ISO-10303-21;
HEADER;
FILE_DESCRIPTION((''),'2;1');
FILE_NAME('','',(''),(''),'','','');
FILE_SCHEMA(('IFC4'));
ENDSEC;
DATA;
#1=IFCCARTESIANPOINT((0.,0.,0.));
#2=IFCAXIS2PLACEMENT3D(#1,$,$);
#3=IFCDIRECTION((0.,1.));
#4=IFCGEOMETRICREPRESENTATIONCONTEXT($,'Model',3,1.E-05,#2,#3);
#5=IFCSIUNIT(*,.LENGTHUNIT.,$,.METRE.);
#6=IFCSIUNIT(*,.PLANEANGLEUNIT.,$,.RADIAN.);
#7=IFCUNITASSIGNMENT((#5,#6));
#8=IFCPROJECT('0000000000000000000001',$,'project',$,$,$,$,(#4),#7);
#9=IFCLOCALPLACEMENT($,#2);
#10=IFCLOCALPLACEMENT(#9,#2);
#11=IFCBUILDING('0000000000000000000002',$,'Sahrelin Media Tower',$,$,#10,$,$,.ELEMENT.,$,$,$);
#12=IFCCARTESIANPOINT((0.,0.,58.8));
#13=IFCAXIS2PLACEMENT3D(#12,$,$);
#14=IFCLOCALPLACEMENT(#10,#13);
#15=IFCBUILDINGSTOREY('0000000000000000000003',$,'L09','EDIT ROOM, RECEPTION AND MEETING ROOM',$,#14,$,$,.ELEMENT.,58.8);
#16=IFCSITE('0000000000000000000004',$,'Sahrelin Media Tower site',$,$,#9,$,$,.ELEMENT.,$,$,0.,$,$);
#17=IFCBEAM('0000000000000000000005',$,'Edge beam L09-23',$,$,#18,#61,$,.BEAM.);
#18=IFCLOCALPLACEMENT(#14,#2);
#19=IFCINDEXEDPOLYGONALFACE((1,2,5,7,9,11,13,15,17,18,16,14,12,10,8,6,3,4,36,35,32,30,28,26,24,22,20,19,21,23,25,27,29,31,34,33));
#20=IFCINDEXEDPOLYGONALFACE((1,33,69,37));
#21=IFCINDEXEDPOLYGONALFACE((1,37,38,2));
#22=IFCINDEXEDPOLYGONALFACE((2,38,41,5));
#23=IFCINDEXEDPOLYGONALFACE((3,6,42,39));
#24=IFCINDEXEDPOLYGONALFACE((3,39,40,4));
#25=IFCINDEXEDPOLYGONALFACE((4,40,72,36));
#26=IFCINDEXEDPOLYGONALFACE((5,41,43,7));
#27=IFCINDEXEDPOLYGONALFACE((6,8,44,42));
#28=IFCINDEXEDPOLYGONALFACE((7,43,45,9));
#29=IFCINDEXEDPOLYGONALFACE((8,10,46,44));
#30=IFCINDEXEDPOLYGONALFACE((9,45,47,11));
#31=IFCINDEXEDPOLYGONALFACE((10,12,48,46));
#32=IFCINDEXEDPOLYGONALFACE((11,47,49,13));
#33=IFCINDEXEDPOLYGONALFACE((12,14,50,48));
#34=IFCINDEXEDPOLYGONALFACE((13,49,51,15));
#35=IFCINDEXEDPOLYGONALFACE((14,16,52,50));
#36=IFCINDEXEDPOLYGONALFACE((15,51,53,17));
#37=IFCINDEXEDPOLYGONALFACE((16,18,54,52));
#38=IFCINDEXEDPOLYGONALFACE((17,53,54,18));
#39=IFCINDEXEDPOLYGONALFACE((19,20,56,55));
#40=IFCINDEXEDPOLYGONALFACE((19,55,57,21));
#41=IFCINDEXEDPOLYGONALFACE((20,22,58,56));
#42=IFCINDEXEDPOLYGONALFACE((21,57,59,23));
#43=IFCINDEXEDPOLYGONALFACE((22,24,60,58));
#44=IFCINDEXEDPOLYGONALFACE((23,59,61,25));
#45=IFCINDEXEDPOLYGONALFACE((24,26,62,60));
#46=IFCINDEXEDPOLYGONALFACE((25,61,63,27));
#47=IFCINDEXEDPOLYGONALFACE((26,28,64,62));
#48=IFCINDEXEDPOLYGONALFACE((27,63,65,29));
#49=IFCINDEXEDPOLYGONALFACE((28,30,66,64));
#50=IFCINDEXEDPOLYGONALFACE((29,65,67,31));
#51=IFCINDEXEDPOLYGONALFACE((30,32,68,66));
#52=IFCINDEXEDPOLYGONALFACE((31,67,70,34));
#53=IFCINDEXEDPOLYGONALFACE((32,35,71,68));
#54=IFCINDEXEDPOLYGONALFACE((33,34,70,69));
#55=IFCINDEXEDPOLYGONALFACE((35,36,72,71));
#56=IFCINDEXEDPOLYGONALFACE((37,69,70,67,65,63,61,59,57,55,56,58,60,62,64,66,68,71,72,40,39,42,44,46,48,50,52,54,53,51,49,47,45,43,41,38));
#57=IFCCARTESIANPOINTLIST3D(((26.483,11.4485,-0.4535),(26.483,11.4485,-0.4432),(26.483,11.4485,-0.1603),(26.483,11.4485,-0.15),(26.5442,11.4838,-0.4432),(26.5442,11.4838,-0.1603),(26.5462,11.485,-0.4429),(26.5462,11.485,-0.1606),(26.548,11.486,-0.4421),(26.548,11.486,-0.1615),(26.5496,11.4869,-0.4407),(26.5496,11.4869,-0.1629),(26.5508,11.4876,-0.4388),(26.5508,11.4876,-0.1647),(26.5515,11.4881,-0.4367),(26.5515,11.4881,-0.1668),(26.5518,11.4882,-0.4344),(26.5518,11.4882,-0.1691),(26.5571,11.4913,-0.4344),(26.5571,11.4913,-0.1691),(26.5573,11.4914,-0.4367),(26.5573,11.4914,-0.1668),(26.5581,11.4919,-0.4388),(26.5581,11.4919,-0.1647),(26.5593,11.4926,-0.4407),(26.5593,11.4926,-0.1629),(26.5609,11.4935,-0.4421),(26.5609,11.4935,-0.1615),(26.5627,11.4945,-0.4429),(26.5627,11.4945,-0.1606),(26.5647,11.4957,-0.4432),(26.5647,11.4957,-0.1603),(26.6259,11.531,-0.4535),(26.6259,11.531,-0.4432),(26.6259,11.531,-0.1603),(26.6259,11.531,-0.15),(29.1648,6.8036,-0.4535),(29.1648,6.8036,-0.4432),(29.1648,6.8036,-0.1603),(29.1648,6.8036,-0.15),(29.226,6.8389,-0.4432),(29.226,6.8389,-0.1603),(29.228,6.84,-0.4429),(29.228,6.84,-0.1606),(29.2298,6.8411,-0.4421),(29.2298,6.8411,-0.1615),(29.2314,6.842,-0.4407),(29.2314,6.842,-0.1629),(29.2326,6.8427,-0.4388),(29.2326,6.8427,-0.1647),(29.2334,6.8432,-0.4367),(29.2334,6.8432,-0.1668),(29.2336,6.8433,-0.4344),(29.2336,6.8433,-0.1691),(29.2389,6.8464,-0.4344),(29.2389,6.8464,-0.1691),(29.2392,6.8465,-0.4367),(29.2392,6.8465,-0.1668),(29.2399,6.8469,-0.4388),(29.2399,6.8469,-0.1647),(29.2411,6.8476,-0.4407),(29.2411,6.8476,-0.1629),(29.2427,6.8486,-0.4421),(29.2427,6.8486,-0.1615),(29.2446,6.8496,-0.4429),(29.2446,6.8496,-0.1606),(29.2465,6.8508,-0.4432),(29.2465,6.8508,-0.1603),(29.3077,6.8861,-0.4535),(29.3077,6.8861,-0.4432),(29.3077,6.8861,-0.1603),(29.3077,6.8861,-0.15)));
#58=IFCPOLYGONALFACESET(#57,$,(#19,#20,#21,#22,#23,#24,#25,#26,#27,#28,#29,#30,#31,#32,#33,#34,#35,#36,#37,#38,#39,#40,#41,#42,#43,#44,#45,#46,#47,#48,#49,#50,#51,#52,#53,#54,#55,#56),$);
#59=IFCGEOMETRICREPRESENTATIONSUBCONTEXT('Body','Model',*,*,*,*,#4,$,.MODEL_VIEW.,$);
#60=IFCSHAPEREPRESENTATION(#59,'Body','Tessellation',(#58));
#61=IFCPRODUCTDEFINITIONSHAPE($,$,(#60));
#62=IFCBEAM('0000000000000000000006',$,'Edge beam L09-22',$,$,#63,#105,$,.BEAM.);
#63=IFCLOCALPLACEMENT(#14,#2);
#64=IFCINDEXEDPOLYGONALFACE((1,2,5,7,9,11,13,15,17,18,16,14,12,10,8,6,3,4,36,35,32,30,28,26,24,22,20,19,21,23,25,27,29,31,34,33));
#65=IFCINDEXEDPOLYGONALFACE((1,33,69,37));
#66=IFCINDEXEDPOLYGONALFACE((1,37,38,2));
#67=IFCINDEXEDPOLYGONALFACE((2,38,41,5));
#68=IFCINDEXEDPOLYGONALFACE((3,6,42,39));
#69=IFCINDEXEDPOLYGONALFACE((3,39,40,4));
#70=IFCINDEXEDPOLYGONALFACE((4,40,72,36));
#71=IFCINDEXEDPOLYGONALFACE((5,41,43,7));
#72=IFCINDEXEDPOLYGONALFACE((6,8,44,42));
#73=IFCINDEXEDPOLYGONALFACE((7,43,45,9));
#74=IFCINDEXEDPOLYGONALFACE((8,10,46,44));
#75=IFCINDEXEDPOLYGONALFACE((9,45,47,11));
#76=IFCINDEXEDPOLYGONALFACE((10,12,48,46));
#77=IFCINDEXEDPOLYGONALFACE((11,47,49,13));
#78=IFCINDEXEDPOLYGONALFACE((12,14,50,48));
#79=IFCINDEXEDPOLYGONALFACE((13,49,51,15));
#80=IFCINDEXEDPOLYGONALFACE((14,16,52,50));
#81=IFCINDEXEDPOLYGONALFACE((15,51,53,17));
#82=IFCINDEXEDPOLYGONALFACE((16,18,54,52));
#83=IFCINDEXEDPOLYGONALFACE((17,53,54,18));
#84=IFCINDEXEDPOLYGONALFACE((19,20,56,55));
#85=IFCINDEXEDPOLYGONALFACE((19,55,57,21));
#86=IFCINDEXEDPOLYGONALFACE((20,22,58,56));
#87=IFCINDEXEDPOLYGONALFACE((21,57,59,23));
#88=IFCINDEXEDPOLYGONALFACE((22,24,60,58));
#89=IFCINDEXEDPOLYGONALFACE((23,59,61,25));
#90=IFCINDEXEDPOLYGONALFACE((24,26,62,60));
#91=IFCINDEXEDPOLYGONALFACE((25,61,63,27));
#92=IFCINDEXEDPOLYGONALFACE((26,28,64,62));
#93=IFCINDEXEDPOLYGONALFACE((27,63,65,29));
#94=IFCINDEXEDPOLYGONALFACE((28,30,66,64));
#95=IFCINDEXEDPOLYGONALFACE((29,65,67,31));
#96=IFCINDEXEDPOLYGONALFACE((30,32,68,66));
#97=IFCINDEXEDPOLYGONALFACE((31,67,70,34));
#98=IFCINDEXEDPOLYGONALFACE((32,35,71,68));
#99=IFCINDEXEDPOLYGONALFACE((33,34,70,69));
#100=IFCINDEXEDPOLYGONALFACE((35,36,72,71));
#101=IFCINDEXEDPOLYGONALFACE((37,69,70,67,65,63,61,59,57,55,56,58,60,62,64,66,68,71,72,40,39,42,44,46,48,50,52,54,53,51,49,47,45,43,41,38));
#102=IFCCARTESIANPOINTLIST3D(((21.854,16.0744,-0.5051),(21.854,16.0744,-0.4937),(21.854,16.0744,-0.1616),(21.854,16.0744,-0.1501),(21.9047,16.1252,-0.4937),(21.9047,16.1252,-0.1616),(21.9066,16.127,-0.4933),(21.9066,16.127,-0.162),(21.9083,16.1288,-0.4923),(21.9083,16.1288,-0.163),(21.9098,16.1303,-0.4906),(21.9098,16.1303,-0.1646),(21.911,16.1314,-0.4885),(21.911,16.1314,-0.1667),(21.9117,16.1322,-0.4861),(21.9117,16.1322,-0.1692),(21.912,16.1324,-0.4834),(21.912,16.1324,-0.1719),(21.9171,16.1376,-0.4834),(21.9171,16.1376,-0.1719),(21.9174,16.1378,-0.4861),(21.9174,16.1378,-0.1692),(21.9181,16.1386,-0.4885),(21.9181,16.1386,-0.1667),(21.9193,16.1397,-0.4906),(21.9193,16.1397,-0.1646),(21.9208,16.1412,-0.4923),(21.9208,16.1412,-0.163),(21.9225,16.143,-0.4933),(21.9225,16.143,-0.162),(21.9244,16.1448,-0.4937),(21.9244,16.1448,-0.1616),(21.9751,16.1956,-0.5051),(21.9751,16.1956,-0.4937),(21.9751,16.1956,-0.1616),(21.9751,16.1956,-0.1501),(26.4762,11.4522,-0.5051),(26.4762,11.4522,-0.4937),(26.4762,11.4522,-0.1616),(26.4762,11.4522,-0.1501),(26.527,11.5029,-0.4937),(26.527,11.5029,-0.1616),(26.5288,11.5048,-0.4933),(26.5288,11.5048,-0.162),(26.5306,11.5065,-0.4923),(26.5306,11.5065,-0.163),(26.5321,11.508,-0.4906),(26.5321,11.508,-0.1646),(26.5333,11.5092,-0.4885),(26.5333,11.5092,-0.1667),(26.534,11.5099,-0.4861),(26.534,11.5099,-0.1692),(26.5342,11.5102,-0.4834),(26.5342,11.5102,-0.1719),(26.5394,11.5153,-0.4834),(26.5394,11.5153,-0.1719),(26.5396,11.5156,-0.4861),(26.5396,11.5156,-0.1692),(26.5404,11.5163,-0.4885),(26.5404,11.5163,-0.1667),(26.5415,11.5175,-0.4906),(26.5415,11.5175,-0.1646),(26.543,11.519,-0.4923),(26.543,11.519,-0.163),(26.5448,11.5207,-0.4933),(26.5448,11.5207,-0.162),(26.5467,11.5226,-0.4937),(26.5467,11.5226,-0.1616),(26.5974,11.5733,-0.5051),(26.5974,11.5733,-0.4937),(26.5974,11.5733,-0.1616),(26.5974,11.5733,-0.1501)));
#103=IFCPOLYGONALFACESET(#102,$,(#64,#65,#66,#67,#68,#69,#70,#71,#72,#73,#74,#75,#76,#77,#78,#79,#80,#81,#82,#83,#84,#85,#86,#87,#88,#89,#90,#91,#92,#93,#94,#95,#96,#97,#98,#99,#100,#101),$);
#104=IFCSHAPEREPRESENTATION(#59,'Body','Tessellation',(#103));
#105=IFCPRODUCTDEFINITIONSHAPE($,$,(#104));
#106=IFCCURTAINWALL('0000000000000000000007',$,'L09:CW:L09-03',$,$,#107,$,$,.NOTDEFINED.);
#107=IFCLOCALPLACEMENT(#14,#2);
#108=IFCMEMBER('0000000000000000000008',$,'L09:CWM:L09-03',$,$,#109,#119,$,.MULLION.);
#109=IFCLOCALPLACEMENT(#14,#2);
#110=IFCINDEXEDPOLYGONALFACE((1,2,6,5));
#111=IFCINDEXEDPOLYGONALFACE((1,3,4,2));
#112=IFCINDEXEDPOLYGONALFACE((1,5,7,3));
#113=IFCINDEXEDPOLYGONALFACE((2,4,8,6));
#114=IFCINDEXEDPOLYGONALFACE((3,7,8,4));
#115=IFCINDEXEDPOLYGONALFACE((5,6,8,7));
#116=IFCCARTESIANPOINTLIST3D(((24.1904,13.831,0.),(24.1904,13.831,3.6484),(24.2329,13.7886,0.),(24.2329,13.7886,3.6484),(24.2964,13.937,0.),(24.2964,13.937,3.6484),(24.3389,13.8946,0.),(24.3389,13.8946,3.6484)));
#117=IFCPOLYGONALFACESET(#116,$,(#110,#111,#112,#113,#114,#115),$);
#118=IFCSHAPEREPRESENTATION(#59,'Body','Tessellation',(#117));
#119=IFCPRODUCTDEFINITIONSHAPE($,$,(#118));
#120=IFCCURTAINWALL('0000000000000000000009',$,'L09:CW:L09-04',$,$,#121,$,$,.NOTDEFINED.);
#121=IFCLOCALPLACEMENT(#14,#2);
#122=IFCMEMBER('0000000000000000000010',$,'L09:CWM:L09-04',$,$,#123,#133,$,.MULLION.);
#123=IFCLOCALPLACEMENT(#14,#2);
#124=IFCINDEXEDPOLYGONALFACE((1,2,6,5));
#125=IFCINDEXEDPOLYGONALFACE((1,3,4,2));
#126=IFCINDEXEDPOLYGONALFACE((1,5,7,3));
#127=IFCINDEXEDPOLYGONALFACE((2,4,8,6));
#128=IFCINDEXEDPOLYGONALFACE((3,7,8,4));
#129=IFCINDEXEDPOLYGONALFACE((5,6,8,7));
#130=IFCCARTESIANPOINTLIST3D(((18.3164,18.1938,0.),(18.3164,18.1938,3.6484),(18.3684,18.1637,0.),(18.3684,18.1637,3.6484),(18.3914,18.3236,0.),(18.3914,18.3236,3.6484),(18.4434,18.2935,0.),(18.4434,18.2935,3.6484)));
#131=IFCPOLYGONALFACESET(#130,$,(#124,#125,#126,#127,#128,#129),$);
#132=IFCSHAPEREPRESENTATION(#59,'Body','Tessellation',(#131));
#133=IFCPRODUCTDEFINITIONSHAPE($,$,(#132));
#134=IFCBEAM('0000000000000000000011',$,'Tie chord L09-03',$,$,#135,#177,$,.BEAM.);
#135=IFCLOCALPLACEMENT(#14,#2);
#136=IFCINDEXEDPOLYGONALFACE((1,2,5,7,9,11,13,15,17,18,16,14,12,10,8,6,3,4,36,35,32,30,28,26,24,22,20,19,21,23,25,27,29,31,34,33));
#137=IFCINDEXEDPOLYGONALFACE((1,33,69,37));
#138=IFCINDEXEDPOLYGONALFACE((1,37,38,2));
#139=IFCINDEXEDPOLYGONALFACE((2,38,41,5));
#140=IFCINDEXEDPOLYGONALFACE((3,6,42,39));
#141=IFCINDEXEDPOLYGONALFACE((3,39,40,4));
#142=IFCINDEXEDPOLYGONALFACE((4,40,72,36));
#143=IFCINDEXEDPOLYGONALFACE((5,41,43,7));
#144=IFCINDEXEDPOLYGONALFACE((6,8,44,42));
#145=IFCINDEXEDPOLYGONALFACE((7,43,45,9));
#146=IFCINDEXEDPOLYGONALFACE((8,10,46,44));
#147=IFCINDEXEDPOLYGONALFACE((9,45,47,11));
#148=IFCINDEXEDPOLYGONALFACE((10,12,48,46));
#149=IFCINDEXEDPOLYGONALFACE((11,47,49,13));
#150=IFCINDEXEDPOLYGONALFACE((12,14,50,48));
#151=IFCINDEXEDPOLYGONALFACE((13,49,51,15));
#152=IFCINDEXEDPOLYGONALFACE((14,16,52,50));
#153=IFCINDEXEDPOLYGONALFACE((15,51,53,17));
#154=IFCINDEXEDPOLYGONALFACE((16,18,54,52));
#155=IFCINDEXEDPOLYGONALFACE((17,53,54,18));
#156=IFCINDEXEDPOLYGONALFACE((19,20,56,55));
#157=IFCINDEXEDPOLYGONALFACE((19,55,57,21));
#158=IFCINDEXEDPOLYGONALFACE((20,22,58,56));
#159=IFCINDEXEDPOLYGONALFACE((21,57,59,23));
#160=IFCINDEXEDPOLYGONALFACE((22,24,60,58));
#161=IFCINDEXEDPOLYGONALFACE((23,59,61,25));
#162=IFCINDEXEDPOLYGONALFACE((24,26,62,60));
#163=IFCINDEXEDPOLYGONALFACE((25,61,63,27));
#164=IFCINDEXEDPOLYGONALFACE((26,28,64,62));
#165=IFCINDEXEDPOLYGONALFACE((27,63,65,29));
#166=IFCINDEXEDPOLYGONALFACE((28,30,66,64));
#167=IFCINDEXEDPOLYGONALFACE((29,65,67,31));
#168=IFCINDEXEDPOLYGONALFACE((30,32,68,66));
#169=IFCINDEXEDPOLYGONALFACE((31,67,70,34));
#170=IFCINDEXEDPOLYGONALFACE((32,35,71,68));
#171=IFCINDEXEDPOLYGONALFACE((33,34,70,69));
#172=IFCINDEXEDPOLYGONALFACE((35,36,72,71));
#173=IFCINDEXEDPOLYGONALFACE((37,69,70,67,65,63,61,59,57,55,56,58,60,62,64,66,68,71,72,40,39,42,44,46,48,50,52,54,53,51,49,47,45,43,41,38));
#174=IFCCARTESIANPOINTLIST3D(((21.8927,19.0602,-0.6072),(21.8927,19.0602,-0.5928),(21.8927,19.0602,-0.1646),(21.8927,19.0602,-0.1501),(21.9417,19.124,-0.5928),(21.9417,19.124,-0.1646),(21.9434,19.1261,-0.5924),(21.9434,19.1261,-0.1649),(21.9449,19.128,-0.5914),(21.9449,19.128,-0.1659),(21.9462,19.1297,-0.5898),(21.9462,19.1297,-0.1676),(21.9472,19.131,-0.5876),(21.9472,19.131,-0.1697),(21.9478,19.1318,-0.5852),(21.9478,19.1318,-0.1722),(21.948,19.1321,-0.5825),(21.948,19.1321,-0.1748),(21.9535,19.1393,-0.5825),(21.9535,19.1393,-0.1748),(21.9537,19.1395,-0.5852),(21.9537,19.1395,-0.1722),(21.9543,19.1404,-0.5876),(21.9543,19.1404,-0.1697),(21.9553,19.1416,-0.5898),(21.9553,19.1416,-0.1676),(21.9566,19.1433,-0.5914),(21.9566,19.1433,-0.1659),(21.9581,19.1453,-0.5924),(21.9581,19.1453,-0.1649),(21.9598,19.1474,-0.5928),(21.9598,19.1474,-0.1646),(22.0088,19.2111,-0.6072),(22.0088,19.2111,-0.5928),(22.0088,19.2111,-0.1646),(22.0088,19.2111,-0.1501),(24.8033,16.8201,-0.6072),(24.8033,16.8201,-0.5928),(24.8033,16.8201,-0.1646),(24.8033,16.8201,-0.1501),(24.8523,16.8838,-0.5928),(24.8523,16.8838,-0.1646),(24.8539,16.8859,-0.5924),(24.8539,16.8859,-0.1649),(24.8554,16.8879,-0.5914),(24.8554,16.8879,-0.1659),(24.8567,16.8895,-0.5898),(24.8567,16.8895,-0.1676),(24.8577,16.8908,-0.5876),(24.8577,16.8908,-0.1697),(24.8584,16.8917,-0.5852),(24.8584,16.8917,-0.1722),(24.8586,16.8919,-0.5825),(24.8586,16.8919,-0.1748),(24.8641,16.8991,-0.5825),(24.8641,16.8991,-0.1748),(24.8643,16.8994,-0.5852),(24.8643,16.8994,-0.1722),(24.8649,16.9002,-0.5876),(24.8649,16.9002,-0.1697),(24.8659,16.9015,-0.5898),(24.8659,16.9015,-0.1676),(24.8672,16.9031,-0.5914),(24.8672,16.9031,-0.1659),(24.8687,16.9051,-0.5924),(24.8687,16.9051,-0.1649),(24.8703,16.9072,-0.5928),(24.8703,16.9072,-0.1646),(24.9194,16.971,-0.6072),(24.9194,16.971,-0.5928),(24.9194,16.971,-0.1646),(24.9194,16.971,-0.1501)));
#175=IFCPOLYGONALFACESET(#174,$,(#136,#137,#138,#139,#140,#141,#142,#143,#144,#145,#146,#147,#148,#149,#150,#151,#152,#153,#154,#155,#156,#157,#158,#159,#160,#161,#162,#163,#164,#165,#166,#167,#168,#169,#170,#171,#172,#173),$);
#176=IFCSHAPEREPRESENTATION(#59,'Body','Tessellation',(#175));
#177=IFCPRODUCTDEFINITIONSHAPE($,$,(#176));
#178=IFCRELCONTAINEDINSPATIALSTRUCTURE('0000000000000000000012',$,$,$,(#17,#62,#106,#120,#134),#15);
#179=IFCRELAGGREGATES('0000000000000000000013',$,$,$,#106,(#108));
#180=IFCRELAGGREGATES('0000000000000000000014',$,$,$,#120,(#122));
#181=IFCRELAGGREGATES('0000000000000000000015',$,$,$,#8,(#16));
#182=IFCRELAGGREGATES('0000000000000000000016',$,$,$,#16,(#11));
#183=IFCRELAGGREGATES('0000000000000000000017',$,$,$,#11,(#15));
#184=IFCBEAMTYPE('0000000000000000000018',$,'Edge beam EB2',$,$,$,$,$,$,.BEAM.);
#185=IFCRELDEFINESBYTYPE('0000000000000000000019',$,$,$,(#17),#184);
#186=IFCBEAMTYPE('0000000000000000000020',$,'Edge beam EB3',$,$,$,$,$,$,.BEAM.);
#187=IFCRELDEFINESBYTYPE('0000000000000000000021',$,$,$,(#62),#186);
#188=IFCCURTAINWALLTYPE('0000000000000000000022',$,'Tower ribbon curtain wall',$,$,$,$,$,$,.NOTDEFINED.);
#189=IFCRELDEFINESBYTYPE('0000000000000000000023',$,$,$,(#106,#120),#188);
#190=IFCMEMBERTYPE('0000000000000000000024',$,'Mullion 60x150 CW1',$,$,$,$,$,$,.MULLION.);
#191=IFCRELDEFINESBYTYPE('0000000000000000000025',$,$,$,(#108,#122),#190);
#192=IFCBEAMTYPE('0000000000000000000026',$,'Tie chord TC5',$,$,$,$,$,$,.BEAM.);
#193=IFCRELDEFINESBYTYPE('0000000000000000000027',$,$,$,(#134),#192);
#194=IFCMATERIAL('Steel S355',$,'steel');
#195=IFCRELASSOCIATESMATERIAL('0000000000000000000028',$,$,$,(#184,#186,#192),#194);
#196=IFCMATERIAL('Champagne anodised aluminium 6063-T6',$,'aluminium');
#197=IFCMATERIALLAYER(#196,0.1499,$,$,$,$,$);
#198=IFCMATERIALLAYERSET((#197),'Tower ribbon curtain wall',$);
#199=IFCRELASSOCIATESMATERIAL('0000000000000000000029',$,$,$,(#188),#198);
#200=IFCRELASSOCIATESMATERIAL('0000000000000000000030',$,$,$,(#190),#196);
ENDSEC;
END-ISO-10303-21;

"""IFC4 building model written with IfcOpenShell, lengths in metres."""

from ifc_helpers import new_model, si_unit, direction, frame, origin, origin_2d, place, context, subcontext, project, spatial, rectangle, i_section, extrude, material, layer, layer_set, material_profile, profile_set, type_object, element, aggregate, save


model = new_model("IFC4")

# Units and contexts
model_context = context("Model", 3, precision=1e-05, world=origin(), true_north=direction((0.0, 1.0)))
body_context = subcontext(model_context, "Body", "Model", "MODEL_VIEW")
ifc_project = project(units=[si_unit("LENGTHUNIT", "METRE"), si_unit("PLANEANGLEUNIT", "RADIAN")], contexts=[model_context])

# Site, building, storey
site_placement = place(None, origin())
site = spatial("IfcSite", under=ifc_project, at=site_placement, Name="Sahrelin Media Tower site", CompositionType="ELEMENT", RefElevation=0.0)
building_placement = place(site_placement, origin())
building = spatial("IfcBuilding", under=site, at=building_placement, Name="Sahrelin Media Tower", CompositionType="ELEMENT")
storey_placement = place(building_placement, frame((0.0, 0.0, 58.8)))
storey = spatial("IfcBuildingStorey", under=building, at=storey_placement, Name="L09", Description="EDIT ROOM, RECEPTION AND MEETING ROOM", CompositionType="ELEMENT", Elevation=58.8)

# Beams
ifc_material_1 = material(Name="Steel S355", Category="steel")
ifc_material_profile_1 = material_profile(ifc_material_1, i_section(OverallWidth=0.165, OverallDepth=0.3035, WebThickness=0.0061, FlangeThickness=0.0103, FilletRadius=0.0088, at=origin_2d()), Name="UB 305x165x40")
ifc_profile_set_1 = profile_set([ifc_material_profile_1], Name="Steel S355")
beam_type_1 = type_object("IfcBeamType", Name="Edge beam EB2", PredefinedType="BEAM", material=ifc_profile_set_1)
beam_1_placement = place(storey_placement, frame((26.5544, 11.4897, -0.3018), z_axis=(0.500011, -0.866019, 0.0), x_axis=(0.866019, 0.500011, 0.0)))
element("IfcBeam", 1, at=beam_1_placement, inside=storey, type_object=beam_type_1, Name="Edge beam L09-23", PredefinedType="BEAM", context=body_context, shape_type="SweptSolid", body=[
    extrude(i_section(OverallWidth=0.165, OverallDepth=0.3035, WebThickness=0.0061, FlangeThickness=0.0103, FilletRadius=0.0088, at=origin_2d()), origin(), (0.0, 0.0, 1.0), 5.3635),
])
ifc_material_profile_2 = material_profile(ifc_material_1, i_section(OverallWidth=0.1714, OverallDepth=0.355, WebThickness=0.0073, FlangeThickness=0.0115, FilletRadius=0.0103, at=origin_2d()), Name="UB 356x171x51")
ifc_profile_set_2 = profile_set([ifc_material_profile_2], Name="Steel S355")
beam_type_2 = type_object("IfcBeamType", Name="Edge beam EB3", PredefinedType="BEAM", material=ifc_profile_set_2)
beam_2_placement = place(storey_placement, frame((21.9146, 16.135, -0.3276), z_axis=(0.707107, -0.707107, 0.0), x_axis=(0.707107, 0.707107, 0.0)))
element("IfcBeam", 2, at=beam_2_placement, inside=storey, type_object=beam_type_2, Name="Edge beam L09-22", PredefinedType="BEAM", context=body_context, shape_type="SweptSolid", body=[
    extrude(i_section(OverallWidth=0.1714, OverallDepth=0.355, WebThickness=0.0073, FlangeThickness=0.0115, FilletRadius=0.0103, at=origin_2d()), origin(), (0.0, 0.0, 1.0), 6.5369),
])

# Curtain walls, members
ifc_material_2 = material(Name="Champagne anodised aluminium 6063-T6", Category="aluminium")
ifc_layer_1 = layer(ifc_material_2, 0.1499)
ifc_layer_set_1 = layer_set([ifc_layer_1], Name="Tower ribbon curtain wall")
curtain_wall_type = type_object("IfcCurtainWallType", Name="Tower ribbon curtain wall", PredefinedType="NOTDEFINED", material=ifc_layer_set_1)
curtain_wall_1_placement = place(storey_placement, frame((24.3318, 13.9299, 0.0), z_axis=(0.0, 0.0, 1.0), x_axis=(1.0, 0.0, 0.0)))
curtain_wall_1 = element("IfcCurtainWall", 3, at=curtain_wall_1_placement, inside=storey, type_object=curtain_wall_type, Name="L09:CW:L09-03", PredefinedType="NOTDEFINED")
ifc_material_profile_3 = material_profile(ifc_material_2, rectangle(XDim=0.0601, YDim=0.1499, at=origin_2d()), Name="Mullion 60x150")
ifc_profile_set_3 = profile_set([ifc_material_profile_3], Name="Champagne anodised aluminium 6063-T6")
member_type_1 = type_object("IfcMemberType", Name="Mullion 60x150 CW1", PredefinedType="MULLION", material=ifc_profile_set_3)
member_1_placement = place(storey_placement, frame((24.2646, 13.8628, 0.0), z_axis=(0.0, 0.0, 1.0), x_axis=(-0.707107, 0.707107, 0.0)))
member_1 = element("IfcMember", 4, at=member_1_placement, type_object=member_type_1, Name="L09:CWM:L09-03", PredefinedType="MULLION", context=body_context, shape_type="SweptSolid", body=[
    extrude(rectangle(XDim=0.0601, YDim=0.1499, at=origin_2d()), origin(), (0.0, 0.0, 1.0), 3.6484),
])
curtain_wall_2_placement = place(storey_placement, frame((18.4275, 18.3257, 0.0), z_axis=(0.0, 0.0, 1.0), x_axis=(1.0, 0.0, 0.0)))
curtain_wall_2 = element("IfcCurtainWall", 5, at=curtain_wall_2_placement, inside=storey, type_object=curtain_wall_type, Name="L09:CW:L09-04", PredefinedType="NOTDEFINED")
member_2_placement = place(storey_placement, frame((18.3799, 18.2437, 0.0), z_axis=(0.0, 0.0, 1.0), x_axis=(-0.866025, 0.5, 0.0)))
member_2 = element("IfcMember", 6, at=member_2_placement, type_object=member_type_1, Name="L09:CWM:L09-04", PredefinedType="MULLION", context=body_context, shape_type="SweptSolid", body=[
    extrude(rectangle(XDim=0.0601, YDim=0.1499, at=origin_2d()), origin(), (0.0, 0.0, 1.0), 3.6484),
])

# Beam
ifc_material_profile_4 = material_profile(ifc_material_1, i_section(OverallWidth=0.1904, OverallDepth=0.457, WebThickness=0.009, FlangeThickness=0.0144, FilletRadius=0.0103, at=origin_2d()), Name="UB 457x191x74")
ifc_profile_set_4 = profile_set([ifc_material_profile_4], Name="Steel S355")
beam_type_3 = type_object("IfcBeamType", Name="Tie chord TC5", PredefinedType="BEAM", material=ifc_profile_set_4)
beam_3_placement = place(storey_placement, frame((24.8613, 16.8955, -0.3787), z_axis=(-0.792456, 0.609929, 0.0), x_axis=(-0.609929, -0.792456, 0.0)))
element("IfcBeam", 7, at=beam_3_placement, inside=storey, type_object=beam_type_3, Name="Tie chord L09-03", PredefinedType="BEAM", context=body_context, shape_type="SweptSolid", body=[
    extrude(i_section(OverallWidth=0.1904, OverallDepth=0.457, WebThickness=0.009, FlangeThickness=0.0144, FilletRadius=0.0103, at=origin_2d()), origin(), (0.0, 0.0, 1.0), 3.6729),
])

aggregate(curtain_wall_1, [member_1])
aggregate(curtain_wall_2, [member_2])

save(model, "model.ifc")
